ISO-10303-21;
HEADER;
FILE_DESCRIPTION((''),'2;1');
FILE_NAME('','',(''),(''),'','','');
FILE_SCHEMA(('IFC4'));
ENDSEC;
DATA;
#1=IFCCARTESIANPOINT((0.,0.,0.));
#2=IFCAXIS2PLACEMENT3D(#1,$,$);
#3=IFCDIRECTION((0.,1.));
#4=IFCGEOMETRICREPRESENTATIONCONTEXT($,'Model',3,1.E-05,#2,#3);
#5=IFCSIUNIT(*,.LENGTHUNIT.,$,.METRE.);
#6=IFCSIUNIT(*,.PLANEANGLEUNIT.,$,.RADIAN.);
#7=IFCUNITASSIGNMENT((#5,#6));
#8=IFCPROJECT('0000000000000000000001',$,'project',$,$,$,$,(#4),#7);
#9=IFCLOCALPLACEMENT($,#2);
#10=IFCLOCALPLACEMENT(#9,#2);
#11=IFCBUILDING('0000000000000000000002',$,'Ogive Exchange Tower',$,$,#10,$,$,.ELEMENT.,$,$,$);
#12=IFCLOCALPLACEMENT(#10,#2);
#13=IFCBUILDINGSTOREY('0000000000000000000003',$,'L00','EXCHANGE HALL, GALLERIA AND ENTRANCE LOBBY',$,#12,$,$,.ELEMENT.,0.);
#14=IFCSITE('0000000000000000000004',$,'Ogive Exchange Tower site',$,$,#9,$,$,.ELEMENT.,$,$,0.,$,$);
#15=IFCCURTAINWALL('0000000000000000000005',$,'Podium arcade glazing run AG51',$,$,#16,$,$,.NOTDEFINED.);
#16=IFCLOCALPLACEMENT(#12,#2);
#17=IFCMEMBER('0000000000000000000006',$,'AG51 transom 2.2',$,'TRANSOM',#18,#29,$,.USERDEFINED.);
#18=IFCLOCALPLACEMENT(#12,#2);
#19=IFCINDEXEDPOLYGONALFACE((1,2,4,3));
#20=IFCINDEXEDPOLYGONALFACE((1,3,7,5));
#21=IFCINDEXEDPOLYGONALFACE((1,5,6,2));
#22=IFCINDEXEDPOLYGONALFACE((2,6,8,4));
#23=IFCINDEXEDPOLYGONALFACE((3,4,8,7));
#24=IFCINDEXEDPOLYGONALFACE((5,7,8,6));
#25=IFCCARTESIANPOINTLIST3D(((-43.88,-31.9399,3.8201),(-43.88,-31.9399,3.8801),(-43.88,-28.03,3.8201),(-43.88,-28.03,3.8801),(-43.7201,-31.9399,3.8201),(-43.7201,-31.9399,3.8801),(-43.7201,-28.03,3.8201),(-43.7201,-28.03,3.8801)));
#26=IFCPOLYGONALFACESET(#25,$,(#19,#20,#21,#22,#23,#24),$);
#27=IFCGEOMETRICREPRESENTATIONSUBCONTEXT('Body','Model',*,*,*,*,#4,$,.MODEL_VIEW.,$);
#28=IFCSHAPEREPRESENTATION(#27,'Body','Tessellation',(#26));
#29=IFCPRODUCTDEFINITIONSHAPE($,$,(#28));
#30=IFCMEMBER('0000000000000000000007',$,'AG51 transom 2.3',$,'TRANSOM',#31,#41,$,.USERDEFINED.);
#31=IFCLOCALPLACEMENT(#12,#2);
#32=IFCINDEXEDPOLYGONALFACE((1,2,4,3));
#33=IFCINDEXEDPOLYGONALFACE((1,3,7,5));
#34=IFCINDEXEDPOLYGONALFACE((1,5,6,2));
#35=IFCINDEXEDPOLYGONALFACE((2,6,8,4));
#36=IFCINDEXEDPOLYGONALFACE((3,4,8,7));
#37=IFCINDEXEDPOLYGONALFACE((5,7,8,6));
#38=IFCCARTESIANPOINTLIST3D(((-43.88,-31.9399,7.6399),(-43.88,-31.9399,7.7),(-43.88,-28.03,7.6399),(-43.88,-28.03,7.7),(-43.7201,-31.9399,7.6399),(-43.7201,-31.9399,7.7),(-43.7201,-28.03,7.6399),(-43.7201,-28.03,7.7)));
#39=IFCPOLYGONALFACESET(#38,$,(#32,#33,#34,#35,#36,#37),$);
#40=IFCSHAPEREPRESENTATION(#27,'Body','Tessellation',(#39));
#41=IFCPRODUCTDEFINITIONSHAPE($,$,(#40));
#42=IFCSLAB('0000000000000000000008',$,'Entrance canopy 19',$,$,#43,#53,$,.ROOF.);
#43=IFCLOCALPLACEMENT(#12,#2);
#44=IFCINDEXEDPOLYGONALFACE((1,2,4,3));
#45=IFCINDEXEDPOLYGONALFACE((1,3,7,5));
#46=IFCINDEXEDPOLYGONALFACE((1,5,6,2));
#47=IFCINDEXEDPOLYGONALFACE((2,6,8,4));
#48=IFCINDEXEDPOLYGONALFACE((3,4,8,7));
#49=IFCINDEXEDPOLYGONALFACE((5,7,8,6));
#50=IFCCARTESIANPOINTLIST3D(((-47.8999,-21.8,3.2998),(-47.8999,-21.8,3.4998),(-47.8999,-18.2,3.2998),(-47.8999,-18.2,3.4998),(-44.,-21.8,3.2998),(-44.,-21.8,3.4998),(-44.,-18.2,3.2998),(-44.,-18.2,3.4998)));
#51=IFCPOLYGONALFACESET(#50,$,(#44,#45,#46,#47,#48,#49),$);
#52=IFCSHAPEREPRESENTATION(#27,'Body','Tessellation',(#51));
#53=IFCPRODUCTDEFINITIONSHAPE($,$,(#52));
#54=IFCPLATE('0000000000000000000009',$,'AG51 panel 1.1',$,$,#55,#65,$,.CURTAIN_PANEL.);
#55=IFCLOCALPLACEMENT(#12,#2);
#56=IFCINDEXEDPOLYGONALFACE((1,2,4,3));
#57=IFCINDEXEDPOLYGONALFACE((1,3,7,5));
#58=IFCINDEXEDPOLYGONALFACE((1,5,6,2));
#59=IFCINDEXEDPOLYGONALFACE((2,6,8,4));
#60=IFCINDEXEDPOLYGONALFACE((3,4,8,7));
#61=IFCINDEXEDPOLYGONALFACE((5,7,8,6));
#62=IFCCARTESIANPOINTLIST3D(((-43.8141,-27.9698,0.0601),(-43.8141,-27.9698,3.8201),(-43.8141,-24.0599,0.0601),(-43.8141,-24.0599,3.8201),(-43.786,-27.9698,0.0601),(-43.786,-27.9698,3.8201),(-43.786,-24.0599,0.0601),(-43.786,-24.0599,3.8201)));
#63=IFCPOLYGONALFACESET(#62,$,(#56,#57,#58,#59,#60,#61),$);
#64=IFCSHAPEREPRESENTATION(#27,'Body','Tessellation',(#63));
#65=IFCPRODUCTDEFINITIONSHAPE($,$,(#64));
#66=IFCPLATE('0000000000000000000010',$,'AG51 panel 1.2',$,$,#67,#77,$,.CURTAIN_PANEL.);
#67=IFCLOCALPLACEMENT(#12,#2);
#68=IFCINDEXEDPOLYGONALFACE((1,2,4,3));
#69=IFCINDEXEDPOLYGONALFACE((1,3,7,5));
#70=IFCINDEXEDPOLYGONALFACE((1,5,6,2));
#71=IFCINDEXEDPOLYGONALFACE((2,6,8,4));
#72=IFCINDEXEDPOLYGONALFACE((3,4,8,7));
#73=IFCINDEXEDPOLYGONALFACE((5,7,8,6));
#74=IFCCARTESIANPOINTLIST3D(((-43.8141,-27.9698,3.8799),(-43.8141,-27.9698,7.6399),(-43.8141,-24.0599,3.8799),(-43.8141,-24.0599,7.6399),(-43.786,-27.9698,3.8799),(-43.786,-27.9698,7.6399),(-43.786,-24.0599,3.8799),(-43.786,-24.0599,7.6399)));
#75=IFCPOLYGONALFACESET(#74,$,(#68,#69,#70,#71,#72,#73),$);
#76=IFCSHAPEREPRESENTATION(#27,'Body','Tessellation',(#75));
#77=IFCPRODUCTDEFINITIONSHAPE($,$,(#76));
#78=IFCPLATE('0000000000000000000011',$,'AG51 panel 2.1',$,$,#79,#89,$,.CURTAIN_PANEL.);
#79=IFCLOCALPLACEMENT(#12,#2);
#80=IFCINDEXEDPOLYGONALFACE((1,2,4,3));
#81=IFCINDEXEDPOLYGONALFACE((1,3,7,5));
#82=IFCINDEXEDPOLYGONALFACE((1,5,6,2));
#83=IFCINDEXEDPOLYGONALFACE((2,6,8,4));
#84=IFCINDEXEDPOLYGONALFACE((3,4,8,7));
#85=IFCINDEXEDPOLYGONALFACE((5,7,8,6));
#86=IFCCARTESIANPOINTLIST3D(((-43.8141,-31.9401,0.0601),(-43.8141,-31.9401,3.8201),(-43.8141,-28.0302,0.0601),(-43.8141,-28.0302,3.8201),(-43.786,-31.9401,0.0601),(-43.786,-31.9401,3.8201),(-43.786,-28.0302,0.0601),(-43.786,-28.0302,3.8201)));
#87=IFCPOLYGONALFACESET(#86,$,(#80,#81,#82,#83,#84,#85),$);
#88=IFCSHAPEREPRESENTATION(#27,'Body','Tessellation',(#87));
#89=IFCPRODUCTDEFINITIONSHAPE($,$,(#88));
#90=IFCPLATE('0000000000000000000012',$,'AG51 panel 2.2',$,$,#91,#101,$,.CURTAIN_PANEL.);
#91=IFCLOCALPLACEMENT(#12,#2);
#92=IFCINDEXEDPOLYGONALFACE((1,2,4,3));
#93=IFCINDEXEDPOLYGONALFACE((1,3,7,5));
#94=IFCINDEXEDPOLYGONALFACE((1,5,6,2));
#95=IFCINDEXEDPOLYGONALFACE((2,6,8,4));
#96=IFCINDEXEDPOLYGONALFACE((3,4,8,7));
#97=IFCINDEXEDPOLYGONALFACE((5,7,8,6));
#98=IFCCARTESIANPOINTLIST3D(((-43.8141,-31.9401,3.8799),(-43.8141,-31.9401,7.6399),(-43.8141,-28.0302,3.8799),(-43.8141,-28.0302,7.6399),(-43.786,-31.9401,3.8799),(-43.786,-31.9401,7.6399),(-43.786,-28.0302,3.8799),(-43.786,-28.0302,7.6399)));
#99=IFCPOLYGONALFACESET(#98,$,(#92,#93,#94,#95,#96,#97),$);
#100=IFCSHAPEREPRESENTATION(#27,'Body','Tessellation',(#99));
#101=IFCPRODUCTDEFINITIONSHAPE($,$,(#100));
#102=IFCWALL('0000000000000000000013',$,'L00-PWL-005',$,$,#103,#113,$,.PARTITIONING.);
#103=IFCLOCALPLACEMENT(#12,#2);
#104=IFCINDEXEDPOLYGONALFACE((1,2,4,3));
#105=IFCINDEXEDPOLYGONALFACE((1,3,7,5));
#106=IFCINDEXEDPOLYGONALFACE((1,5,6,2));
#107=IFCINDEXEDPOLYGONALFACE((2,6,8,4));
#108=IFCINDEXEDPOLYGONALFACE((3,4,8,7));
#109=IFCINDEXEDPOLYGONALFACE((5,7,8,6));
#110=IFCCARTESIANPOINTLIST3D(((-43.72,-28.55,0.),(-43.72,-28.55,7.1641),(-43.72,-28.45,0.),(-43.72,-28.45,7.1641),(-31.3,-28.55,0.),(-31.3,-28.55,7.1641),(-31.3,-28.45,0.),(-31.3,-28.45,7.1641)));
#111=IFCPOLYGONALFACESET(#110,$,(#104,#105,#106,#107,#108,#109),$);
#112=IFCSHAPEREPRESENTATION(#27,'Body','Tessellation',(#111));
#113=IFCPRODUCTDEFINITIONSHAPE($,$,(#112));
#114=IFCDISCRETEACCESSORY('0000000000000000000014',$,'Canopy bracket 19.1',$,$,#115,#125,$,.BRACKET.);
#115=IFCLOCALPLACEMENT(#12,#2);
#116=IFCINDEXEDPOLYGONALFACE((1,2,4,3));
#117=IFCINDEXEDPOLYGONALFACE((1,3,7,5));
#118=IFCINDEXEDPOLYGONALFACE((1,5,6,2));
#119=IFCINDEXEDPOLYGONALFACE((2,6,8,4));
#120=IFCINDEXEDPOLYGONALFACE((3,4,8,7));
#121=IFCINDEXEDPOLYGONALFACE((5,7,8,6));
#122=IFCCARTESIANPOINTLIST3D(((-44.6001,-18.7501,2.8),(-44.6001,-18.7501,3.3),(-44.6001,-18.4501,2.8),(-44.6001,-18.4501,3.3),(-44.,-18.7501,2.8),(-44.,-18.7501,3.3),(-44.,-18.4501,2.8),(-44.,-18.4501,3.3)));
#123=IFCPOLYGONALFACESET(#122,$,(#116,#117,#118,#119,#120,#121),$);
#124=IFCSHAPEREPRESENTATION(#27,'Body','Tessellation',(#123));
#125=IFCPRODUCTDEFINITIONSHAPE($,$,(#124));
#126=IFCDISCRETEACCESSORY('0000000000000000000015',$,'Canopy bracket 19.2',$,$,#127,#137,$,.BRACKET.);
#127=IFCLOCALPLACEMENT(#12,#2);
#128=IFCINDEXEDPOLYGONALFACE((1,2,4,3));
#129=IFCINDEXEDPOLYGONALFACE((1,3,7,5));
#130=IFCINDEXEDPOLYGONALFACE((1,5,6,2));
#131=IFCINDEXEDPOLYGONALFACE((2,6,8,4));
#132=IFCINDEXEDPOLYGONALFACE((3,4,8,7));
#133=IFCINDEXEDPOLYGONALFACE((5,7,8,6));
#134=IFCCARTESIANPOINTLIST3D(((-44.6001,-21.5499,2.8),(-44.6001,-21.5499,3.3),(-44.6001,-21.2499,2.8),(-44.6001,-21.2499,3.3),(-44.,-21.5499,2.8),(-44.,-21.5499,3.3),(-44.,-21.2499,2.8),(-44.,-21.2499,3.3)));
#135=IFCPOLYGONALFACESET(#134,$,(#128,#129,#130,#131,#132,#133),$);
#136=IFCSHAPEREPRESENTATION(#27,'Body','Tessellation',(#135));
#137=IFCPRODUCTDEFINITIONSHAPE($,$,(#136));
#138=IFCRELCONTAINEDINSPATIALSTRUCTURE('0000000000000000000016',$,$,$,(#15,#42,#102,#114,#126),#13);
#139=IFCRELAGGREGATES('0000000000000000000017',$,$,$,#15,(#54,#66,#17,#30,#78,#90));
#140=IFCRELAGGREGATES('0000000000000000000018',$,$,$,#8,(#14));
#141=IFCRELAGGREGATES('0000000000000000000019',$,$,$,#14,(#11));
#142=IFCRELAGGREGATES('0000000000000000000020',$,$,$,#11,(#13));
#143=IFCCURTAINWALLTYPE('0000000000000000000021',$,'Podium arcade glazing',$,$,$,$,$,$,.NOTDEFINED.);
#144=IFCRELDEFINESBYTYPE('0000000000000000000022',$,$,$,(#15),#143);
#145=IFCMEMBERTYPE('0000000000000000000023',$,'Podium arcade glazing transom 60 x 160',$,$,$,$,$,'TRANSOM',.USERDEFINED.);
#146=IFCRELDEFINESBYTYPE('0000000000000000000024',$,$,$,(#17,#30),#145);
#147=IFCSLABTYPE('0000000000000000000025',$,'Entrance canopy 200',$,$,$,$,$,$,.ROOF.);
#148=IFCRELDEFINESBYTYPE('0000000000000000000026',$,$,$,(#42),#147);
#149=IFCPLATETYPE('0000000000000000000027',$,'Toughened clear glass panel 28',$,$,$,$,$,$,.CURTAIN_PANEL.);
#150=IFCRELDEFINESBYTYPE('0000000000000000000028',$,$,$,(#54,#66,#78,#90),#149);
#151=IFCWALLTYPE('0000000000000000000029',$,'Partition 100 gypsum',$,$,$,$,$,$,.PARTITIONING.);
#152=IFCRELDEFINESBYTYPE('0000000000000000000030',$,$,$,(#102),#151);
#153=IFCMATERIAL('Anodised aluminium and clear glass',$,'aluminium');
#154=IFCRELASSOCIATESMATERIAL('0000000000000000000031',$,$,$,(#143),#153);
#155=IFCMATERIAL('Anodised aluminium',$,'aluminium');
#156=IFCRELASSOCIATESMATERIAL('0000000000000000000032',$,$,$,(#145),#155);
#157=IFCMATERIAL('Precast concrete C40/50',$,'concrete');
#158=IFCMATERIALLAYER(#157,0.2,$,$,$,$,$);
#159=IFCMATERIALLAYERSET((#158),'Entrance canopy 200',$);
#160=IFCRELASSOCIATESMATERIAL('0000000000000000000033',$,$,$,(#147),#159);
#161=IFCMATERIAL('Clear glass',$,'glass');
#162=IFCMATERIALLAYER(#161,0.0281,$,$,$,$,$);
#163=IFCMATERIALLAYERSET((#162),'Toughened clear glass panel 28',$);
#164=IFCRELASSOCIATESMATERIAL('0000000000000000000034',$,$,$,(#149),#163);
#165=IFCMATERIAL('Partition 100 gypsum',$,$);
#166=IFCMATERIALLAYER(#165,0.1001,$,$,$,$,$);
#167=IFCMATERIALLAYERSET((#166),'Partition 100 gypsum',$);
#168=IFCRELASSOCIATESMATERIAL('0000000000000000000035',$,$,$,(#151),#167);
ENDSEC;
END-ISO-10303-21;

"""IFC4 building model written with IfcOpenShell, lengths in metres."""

from ifc_helpers import new_model, si_unit, direction, frame, frame_2d, origin, origin_2d, place, context, subcontext, project, spatial, rectangle, extrude, material, layer, layer_set, material_profile, profile_set, type_object, element, aggregate, save


model = new_model("IFC4")

# Units and contexts
model_context = context("Model", 3, precision=1e-05, world=origin(), true_north=direction((0.0, 1.0)))
body_context = subcontext(model_context, "Body", "Model", "MODEL_VIEW")
ifc_project = project(units=[si_unit("LENGTHUNIT", "METRE"), si_unit("PLANEANGLEUNIT", "RADIAN")], contexts=[model_context])

# Site, building, storey
site_placement = place(None, origin())
site = spatial("IfcSite", under=ifc_project, at=site_placement, Name="Ogive Exchange Tower site", CompositionType="ELEMENT", RefElevation=0.0)
building_placement = place(site_placement, origin())
building = spatial("IfcBuilding", under=site, at=building_placement, Name="Ogive Exchange Tower", CompositionType="ELEMENT")
storey_placement = place(building_placement, origin())
storey = spatial("IfcBuildingStorey", under=building, at=storey_placement, Name="L00", Description="EXCHANGE HALL, GALLERIA AND ENTRANCE LOBBY", CompositionType="ELEMENT", Elevation=0.0)

# Curtain wall, members
ifc_material_1 = material(Name="Anodised aluminium and clear glass", Category="aluminium")
curtain_wall_type = type_object("IfcCurtainWallType", Name="Podium arcade glazing", PredefinedType="NOTDEFINED", material=ifc_material_1)
curtain_wall_placement = place(storey_placement, origin())
curtain_wall = element("IfcCurtainWall", 1, at=curtain_wall_placement, inside=storey, type_object=curtain_wall_type, Name="Podium arcade glazing run AG51", PredefinedType="NOTDEFINED")
ifc_material_2 = material(Name="Anodised aluminium", Category="aluminium")
ifc_material_profile_1 = material_profile(ifc_material_2, rectangle(XDim=0.1599, YDim=0.0601, at=origin_2d()), Name="AL 60x160")
ifc_profile_set_1 = profile_set([ifc_material_profile_1], Name="Anodised aluminium")
member_type_1 = type_object("IfcMemberType", Name="Podium arcade glazing transom 60 x 160", ElementType="TRANSOM", PredefinedType="USERDEFINED", material=ifc_profile_set_1)
member_1_placement = place(storey_placement, frame((-43.8, -28.03, 3.8501), z_axis=(0.0, -1.0, 0.0), x_axis=(1.0, 0.0, 0.0)))
member_1 = element("IfcMember", 2, at=member_1_placement, type_object=member_type_1, Name="AG51 transom 2.2", ObjectType="TRANSOM", PredefinedType="USERDEFINED", context=body_context, shape_type="SweptSolid", body=[
    extrude(rectangle(XDim=0.1599, YDim=0.0601, at=origin_2d()), origin(), (0.0, 0.0, 1.0), 3.9099),
])
member_2_placement = place(storey_placement, frame((-43.8, -28.03, 7.6699), z_axis=(0.0, -1.0, 0.0), x_axis=(1.0, 0.0, 0.0)))
member_2 = element("IfcMember", 3, at=member_2_placement, type_object=member_type_1, Name="AG51 transom 2.3", ObjectType="TRANSOM", PredefinedType="USERDEFINED", context=body_context, shape_type="SweptSolid", body=[
    extrude(rectangle(XDim=0.1599, YDim=0.0601, at=origin_2d()), origin(), (0.0, 0.0, 1.0), 3.9099),
])

# Slab
ifc_material_3 = material(Name="Precast concrete C40/50", Category="concrete")
ifc_layer_1 = layer(ifc_material_3, 0.2)
ifc_layer_set_1 = layer_set([ifc_layer_1], Name="Entrance canopy 200")
slab_type = type_object("IfcSlabType", Name="Entrance canopy 200", PredefinedType="ROOF", material=ifc_layer_set_1)
slab_placement = place(storey_placement, frame((-45.95, -20.0, 3.2998), z_axis=(0.0, 0.0, 1.0), x_axis=(0.0, -1.0, 0.0)))
element("IfcSlab", 4, at=slab_placement, inside=storey, type_object=slab_type, Name="Entrance canopy 19", PredefinedType="ROOF", context=body_context, shape_type="SweptSolid", body=[
    extrude(rectangle(XDim=3.6001, YDim=3.8999, at=origin_2d()), origin(), (0.0, 0.0, 1.0), 0.2),
])

# Plates
ifc_material_4 = material(Name="Clear glass", Category="glass")
ifc_layer_2 = layer(ifc_material_4, 0.0281)
ifc_layer_set_2 = layer_set([ifc_layer_2], Name="Toughened clear glass panel 28")
plate_type = type_object("IfcPlateType", Name="Toughened clear glass panel 28", PredefinedType="CURTAIN_PANEL", material=ifc_layer_set_2)
plate_1_placement = place(storey_placement, frame((-43.8, -26.0149, 0.0601), z_axis=(0.0, 0.0, 1.0), x_axis=(0.0, -1.0, 0.0)))
plate_1 = element("IfcPlate", 5, at=plate_1_placement, type_object=plate_type, Name="AG51 panel 1.1", PredefinedType="CURTAIN_PANEL", context=body_context, shape_type="SweptSolid", body=[
    extrude(rectangle(XDim=3.9099, YDim=0.0281, at=origin_2d()), origin(), (0.0, 0.0, 1.0), 3.76),
])
plate_2_placement = place(storey_placement, frame((-43.8, -26.0149, 3.8799), z_axis=(0.0, 0.0, 1.0), x_axis=(0.0, -1.0, 0.0)))
plate_2 = element("IfcPlate", 6, at=plate_2_placement, type_object=plate_type, Name="AG51 panel 1.2", PredefinedType="CURTAIN_PANEL", context=body_context, shape_type="SweptSolid", body=[
    extrude(rectangle(XDim=3.9099, YDim=0.0281, at=origin_2d()), origin(), (0.0, 0.0, 1.0), 3.76),
])
plate_3_placement = place(storey_placement, frame((-43.8, -29.9851, 0.0601), z_axis=(0.0, 0.0, 1.0), x_axis=(0.0, -1.0, 0.0)))
plate_3 = element("IfcPlate", 7, at=plate_3_placement, type_object=plate_type, Name="AG51 panel 2.1", PredefinedType="CURTAIN_PANEL", context=body_context, shape_type="SweptSolid", body=[
    extrude(rectangle(XDim=3.9099, YDim=0.0281, at=origin_2d()), origin(), (0.0, 0.0, 1.0), 3.76),
])
plate_4_placement = place(storey_placement, frame((-43.8, -29.9851, 3.8799), z_axis=(0.0, 0.0, 1.0), x_axis=(0.0, -1.0, 0.0)))
plate_4 = element("IfcPlate", 8, at=plate_4_placement, type_object=plate_type, Name="AG51 panel 2.2", PredefinedType="CURTAIN_PANEL", context=body_context, shape_type="SweptSolid", body=[
    extrude(rectangle(XDim=3.9099, YDim=0.0281, at=origin_2d()), origin(), (0.0, 0.0, 1.0), 3.76),
])
aggregate(curtain_wall, [plate_1, plate_2, member_1, member_2, plate_3, plate_4])

# Wall
ifc_material_5 = material(Name="Partition 100 gypsum")
ifc_layer_3 = layer(ifc_material_5, 0.1001)
ifc_layer_set_3 = layer_set([ifc_layer_3], Name="Partition 100 gypsum")
wall_type = type_object("IfcWallType", Name="Partition 100 gypsum", PredefinedType="PARTITIONING", material=ifc_layer_set_3)
wall_placement = place(storey_placement, frame((-43.72, -28.5, 0.0), z_axis=(0.0, 0.0, 1.0), x_axis=(1.0, 0.0, 0.0)))
element("IfcWall", 9, at=wall_placement, inside=storey, type_object=wall_type, Name="L00-PWL-005", PredefinedType="PARTITIONING", context=body_context, shape_type="SweptSolid", body=[
    extrude(rectangle(XDim=12.4199, YDim=0.1001, at=frame_2d((6.21, 0.0))), origin(), (0.0, 0.0, 1.0), 7.1641),
])

# Discrete accessories
for number, where, z_axis, x_axis, name in (
    (10, (-44.3, -18.6001, 2.8), (0.0, 0.0, 1.0), (0.0, -1.0, 0.0), "Canopy bracket 19.1"),
    (11, (-44.3, -21.3999, 2.8), (0.0, 0.0, 1.0), (0.0, -1.0, 0.0), "Canopy bracket 19.2"),
):
    element("IfcDiscreteAccessory", number, at=place(storey_placement, frame(where, z_axis=z_axis, x_axis=x_axis)), inside=storey, Name=name, PredefinedType="BRACKET", context=body_context, shape_type="SweptSolid", body=[
        extrude(rectangle(XDim=0.3, YDim=0.6001, at=origin_2d()), origin(), (0.0, 0.0, 1.0), 0.5),
    ])

save(model, "model.ifc")
